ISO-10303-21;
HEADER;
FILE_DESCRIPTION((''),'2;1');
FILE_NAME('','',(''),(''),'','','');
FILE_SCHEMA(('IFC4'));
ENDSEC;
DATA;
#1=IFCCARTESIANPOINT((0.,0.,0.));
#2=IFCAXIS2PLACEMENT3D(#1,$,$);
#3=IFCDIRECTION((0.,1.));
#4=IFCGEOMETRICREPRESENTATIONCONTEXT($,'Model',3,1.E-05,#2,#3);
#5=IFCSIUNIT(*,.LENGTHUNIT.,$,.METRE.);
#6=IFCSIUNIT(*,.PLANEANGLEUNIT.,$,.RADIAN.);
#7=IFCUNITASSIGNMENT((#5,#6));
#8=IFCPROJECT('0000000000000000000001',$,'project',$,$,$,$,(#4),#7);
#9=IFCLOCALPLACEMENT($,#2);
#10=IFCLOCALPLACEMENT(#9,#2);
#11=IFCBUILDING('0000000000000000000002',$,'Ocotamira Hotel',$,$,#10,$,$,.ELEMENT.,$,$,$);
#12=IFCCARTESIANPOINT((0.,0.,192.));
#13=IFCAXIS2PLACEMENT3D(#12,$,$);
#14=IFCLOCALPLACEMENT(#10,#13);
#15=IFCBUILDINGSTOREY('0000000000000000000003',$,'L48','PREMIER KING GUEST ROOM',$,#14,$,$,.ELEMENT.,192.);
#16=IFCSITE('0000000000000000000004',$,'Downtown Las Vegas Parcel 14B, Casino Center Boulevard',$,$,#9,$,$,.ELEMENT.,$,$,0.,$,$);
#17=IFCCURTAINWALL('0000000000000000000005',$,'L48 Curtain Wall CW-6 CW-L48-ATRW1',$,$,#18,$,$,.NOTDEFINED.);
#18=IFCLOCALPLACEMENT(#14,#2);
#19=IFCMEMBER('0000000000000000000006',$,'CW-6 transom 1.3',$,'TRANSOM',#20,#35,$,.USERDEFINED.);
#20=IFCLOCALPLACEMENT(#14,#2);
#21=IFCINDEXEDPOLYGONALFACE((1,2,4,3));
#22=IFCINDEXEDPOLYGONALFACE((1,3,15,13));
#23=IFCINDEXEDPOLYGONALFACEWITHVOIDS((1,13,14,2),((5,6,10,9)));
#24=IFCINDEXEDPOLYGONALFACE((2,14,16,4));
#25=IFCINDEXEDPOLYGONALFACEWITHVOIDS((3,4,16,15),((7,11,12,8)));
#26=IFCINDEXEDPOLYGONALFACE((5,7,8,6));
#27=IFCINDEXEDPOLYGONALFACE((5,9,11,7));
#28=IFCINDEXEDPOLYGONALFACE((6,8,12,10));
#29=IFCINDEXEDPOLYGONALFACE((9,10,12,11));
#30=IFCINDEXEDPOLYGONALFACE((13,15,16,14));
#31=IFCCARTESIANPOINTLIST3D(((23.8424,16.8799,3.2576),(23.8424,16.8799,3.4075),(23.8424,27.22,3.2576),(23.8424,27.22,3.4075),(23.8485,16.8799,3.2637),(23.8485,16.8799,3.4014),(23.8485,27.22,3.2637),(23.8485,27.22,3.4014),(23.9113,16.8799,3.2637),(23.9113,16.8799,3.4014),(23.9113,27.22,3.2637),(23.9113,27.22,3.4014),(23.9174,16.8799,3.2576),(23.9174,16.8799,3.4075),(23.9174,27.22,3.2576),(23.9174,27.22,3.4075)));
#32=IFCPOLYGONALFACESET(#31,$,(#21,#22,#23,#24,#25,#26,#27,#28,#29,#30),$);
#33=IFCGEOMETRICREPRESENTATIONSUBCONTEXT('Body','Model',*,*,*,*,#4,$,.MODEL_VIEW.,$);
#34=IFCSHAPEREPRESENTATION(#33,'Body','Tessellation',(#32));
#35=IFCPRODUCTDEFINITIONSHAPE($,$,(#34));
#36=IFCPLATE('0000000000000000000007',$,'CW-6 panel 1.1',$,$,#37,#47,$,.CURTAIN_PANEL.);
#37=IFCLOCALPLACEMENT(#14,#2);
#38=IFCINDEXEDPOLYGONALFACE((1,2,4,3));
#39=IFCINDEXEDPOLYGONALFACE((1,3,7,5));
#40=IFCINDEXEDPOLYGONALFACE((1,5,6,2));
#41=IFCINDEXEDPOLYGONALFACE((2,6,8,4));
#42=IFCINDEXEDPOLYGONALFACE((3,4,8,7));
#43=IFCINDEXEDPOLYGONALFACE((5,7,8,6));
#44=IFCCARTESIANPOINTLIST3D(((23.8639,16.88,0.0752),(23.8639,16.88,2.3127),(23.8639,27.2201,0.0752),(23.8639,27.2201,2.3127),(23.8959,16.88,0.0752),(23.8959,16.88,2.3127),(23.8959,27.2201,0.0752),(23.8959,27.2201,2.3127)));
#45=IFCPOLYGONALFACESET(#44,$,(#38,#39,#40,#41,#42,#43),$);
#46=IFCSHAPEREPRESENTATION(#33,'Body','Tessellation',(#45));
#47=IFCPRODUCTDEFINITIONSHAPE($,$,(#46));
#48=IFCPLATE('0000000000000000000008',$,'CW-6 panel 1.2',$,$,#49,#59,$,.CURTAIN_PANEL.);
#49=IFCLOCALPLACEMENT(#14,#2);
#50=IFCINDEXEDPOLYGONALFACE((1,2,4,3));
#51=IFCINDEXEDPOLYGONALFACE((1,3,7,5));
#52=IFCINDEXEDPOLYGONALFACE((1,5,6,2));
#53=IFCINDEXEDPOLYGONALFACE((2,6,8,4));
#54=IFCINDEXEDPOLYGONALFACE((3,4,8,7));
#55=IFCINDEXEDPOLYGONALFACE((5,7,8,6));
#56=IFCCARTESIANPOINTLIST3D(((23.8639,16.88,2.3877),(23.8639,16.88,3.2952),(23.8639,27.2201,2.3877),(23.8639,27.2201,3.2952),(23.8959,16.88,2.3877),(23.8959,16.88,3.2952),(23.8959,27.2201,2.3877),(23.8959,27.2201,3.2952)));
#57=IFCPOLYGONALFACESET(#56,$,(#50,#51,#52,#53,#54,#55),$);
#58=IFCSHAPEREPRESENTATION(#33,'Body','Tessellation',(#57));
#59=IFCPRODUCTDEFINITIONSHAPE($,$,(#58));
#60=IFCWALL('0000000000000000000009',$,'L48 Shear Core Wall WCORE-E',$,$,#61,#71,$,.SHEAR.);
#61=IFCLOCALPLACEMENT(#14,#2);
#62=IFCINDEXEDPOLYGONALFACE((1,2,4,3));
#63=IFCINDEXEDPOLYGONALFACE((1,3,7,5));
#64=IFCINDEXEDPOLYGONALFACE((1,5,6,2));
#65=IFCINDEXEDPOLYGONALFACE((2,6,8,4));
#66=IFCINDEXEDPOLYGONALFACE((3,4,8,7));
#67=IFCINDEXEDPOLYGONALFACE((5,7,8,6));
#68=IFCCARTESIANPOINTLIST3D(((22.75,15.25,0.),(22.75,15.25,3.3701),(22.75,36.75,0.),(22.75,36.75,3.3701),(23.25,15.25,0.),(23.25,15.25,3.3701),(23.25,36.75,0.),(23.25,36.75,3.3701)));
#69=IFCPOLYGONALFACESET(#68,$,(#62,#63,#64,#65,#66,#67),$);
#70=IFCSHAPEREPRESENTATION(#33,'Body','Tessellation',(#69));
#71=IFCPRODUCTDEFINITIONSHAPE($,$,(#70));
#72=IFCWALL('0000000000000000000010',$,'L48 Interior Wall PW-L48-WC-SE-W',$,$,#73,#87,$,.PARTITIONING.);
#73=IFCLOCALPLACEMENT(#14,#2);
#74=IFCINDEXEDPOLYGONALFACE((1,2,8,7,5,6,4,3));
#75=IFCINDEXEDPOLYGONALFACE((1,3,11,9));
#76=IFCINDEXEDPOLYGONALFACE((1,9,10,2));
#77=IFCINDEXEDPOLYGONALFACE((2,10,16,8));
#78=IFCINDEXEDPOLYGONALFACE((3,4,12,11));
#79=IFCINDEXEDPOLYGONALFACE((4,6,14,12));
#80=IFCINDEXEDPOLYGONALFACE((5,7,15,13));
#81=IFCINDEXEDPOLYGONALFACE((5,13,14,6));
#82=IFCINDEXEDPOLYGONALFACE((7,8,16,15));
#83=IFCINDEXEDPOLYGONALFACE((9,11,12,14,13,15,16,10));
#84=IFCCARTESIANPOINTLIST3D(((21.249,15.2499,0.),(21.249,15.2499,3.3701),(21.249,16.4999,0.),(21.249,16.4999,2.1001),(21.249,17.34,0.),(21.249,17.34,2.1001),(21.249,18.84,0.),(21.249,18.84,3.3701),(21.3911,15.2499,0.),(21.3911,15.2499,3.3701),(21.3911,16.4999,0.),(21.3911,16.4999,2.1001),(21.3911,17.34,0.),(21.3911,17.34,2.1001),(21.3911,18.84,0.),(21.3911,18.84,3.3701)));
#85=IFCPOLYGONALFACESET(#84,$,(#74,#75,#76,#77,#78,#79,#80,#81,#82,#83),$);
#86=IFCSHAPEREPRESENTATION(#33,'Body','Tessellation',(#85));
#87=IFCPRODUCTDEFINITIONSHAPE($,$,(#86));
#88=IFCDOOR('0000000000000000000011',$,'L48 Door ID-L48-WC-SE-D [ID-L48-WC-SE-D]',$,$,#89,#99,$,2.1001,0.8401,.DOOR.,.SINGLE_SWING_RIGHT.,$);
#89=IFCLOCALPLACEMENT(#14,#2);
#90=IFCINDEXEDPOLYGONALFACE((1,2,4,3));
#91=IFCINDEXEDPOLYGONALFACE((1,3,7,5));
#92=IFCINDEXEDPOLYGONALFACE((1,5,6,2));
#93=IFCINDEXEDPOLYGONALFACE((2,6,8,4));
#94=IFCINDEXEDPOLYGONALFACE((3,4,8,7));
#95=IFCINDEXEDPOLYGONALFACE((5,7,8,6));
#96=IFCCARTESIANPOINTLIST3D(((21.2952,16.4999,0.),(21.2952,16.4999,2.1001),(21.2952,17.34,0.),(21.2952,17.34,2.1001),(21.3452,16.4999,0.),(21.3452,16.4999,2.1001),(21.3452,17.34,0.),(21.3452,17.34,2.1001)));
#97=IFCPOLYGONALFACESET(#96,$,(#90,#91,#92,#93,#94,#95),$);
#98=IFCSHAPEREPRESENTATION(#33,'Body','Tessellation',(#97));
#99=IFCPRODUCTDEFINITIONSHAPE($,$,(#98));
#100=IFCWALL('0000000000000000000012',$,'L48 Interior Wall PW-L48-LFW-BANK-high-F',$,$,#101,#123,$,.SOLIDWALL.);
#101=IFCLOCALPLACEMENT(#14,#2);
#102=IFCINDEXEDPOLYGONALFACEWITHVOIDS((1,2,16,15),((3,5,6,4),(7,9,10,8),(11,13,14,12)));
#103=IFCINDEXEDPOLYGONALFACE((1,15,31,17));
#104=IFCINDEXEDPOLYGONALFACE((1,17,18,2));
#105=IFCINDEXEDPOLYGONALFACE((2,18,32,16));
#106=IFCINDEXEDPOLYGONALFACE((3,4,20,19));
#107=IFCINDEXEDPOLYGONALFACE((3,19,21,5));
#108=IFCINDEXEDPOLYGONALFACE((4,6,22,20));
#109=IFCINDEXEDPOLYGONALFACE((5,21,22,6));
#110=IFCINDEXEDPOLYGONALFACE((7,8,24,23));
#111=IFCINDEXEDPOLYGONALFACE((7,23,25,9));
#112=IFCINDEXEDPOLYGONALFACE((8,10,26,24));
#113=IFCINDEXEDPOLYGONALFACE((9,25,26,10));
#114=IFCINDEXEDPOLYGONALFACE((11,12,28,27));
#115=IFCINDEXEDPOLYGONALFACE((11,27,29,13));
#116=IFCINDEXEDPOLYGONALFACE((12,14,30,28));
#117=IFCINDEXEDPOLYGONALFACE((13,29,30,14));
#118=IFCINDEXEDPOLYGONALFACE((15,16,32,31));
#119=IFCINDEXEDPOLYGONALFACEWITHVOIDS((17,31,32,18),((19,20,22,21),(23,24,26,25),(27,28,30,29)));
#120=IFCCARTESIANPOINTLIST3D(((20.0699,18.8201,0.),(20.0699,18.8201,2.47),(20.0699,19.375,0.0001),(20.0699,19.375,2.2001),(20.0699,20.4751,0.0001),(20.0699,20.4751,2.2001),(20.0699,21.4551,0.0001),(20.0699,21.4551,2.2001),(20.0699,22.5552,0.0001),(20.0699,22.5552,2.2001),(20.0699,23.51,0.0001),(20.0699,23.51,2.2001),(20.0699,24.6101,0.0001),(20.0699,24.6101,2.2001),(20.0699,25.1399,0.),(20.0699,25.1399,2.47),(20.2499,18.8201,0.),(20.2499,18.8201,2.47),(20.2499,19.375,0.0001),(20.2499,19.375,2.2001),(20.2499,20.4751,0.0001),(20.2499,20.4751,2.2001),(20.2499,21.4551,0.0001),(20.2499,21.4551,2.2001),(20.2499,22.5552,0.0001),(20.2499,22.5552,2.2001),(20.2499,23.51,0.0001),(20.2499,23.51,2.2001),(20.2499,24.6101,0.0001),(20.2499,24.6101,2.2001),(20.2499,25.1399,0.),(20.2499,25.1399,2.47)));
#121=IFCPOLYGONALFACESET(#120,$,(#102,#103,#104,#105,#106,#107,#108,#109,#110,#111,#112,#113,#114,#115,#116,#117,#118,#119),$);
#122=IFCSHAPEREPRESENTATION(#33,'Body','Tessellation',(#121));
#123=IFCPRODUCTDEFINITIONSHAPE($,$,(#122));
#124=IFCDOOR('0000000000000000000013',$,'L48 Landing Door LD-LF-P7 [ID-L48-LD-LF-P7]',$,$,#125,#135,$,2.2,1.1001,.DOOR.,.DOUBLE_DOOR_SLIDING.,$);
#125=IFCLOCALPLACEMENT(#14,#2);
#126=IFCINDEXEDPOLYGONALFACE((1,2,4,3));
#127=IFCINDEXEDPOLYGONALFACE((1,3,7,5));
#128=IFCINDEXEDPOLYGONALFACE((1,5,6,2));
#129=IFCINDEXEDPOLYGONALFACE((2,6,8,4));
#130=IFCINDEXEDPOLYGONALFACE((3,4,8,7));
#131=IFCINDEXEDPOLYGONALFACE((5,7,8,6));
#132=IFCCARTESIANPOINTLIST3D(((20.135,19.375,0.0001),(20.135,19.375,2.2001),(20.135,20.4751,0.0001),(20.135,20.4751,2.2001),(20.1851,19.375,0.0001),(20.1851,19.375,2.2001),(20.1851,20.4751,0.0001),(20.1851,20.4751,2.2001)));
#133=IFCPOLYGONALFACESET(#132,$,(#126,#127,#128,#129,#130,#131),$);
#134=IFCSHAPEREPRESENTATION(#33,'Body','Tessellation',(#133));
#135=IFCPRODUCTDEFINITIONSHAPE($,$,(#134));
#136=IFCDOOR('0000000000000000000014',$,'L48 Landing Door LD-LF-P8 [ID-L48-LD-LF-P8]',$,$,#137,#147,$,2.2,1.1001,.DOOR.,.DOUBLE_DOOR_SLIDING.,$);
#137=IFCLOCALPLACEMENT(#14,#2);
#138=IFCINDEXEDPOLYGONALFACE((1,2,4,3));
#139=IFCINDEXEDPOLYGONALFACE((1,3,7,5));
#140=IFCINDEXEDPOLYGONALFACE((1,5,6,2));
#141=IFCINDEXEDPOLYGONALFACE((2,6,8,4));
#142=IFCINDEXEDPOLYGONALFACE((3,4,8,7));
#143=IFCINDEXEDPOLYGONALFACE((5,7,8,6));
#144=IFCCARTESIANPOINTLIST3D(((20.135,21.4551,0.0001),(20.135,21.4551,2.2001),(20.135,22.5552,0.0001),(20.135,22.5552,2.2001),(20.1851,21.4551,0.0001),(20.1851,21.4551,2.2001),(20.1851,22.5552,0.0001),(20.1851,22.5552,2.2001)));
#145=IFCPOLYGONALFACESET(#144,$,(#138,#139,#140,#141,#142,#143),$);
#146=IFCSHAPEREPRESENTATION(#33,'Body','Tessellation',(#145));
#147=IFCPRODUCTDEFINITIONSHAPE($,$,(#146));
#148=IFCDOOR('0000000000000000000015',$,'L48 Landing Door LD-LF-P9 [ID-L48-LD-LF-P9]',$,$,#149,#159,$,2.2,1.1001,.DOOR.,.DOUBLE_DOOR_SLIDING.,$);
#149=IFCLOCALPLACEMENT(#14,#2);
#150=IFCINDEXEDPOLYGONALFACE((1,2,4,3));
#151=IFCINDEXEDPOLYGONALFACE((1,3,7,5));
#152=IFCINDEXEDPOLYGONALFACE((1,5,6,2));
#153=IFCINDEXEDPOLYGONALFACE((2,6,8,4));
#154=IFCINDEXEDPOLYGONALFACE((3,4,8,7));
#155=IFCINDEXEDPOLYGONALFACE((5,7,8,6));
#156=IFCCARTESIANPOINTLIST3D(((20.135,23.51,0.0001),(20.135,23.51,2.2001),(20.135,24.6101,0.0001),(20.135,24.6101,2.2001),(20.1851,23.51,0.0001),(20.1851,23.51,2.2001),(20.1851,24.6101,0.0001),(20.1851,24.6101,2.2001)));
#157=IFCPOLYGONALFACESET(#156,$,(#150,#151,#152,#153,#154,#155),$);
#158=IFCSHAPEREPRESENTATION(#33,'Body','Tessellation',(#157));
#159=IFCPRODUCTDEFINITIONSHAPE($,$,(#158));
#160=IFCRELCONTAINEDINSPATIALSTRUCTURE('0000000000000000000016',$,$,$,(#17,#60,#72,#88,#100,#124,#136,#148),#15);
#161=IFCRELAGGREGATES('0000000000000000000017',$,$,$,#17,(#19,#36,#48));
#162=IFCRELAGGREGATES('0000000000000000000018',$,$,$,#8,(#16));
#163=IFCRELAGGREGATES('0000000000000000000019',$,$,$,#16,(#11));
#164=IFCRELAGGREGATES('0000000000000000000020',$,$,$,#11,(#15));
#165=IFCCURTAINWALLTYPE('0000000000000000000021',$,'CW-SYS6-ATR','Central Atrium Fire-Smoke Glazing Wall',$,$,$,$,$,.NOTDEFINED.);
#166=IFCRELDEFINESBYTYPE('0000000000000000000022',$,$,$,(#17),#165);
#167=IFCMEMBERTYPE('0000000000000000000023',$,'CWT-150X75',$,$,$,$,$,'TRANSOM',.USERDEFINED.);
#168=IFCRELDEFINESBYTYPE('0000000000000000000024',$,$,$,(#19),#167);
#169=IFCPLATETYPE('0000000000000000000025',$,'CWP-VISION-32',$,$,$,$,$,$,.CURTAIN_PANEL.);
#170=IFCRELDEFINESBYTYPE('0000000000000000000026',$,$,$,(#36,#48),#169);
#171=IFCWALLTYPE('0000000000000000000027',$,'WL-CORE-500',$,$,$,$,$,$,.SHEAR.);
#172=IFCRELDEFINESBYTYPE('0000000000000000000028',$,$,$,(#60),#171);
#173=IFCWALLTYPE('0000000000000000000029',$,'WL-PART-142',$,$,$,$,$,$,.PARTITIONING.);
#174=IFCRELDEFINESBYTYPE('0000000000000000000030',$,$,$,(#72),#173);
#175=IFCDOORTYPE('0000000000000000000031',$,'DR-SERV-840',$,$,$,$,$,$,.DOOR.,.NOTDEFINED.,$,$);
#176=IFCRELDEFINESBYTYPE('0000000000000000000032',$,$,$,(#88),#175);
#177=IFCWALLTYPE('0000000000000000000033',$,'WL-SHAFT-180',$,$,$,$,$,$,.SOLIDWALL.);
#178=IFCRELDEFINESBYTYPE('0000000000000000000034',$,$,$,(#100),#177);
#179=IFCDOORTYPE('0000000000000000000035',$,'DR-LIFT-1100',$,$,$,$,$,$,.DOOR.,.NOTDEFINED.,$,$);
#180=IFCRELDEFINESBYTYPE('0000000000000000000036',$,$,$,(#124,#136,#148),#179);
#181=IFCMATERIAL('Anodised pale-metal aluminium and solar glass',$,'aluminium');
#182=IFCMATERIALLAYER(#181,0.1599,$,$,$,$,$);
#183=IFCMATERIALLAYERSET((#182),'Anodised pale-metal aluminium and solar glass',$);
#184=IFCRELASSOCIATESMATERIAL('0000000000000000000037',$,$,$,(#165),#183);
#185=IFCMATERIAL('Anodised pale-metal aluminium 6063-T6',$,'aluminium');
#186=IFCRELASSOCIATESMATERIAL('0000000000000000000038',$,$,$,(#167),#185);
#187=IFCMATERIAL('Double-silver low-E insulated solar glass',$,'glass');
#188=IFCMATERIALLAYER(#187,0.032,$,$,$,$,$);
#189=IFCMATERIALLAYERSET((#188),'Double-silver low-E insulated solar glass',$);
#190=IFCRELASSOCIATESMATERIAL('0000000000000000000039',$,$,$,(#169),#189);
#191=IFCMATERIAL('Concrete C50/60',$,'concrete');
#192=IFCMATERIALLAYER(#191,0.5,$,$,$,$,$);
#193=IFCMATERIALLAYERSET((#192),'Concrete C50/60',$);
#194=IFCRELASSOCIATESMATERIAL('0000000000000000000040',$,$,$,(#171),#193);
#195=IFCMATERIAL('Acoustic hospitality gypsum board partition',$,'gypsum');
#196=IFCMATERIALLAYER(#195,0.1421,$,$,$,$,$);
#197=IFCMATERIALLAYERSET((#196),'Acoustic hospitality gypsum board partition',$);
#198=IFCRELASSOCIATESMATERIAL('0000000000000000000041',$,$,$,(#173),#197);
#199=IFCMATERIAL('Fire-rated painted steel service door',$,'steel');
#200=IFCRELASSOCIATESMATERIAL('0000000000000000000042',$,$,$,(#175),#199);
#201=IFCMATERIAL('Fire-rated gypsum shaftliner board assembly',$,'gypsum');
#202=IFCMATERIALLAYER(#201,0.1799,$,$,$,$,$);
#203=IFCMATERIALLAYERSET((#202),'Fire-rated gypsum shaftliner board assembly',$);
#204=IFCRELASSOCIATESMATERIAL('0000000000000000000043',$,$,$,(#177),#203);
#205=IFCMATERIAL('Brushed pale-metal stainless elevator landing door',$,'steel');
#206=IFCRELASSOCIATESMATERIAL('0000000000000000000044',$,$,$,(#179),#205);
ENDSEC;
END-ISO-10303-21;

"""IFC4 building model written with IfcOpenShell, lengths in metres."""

from ifc_helpers import new_model, si_unit, direction, frame, frame_2d, origin, origin_2d, place, context, subcontext, project, spatial, rectangle, hollow_rectangle, extrude, source, transform, mapped, material, layer, layer_set, material_profile, profile_set, type_object, element, fill, aggregate, save


model = new_model("IFC4")

# Units and contexts
model_context = context("Model", 3, precision=1e-05, world=origin(), true_north=direction((0.0, 1.0)))
body_context = subcontext(model_context, "Body", "Model", "MODEL_VIEW")
ifc_project = project(units=[si_unit("LENGTHUNIT", "METRE"), si_unit("PLANEANGLEUNIT", "RADIAN")], contexts=[model_context])

# Site, building, storey
site_placement = place(None, origin())
site = spatial("IfcSite", under=ifc_project, at=site_placement, Name="Downtown Las Vegas Parcel 14B, Casino Center Boulevard", CompositionType="ELEMENT", RefElevation=0.0)
building_placement = place(site_placement, origin())
building = spatial("IfcBuilding", under=site, at=building_placement, Name="Ocotamira Hotel", CompositionType="ELEMENT")
storey_placement = place(building_placement, frame((0.0, 0.0, 192.0)))
storey = spatial("IfcBuildingStorey", under=building, at=storey_placement, Name="L48", Description="PREMIER KING GUEST ROOM", CompositionType="ELEMENT", Elevation=192.0)

# Curtain wall, member, plates
ifc_material_1 = material(Name="Anodised pale-metal aluminium and solar glass", Category="aluminium")
ifc_layer_1 = layer(ifc_material_1, 0.1599)
ifc_layer_set_1 = layer_set([ifc_layer_1], Name="Anodised pale-metal aluminium and solar glass")
curtain_wall_type = type_object("IfcCurtainWallType", Name="CW-SYS6-ATR", Description="Central Atrium Fire-Smoke Glazing Wall", PredefinedType="NOTDEFINED", material=ifc_layer_set_1)
curtain_wall_placement = place(storey_placement, origin())
curtain_wall = element("IfcCurtainWall", 1, at=curtain_wall_placement, inside=storey, type_object=curtain_wall_type, Name="L48 Curtain Wall CW-6 CW-L48-ATRW1", PredefinedType="NOTDEFINED")
ifc_material_2 = material(Name="Anodised pale-metal aluminium 6063-T6", Category="aluminium")
ifc_material_profile_1 = material_profile(ifc_material_2, hollow_rectangle(XDim=0.075, YDim=0.1499, WallThickness=0.0061, at=origin_2d()), Name="HSS150X75X6")
ifc_profile_set_1 = profile_set([ifc_material_profile_1], Name="Anodised pale-metal aluminium 6063-T6")
member_type_1 = type_object("IfcMemberType", Name="CWT-150X75", ElementType="TRANSOM", PredefinedType="USERDEFINED", material=ifc_profile_set_1)
shared_shape_1 = source(origin(), body_context, "Body", "SweptSolid", [
    extrude(hollow_rectangle(XDim=0.075, YDim=0.1499, WallThickness=0.0061, at=origin_2d()), origin(), (0.0, 0.0, 1.0), 10.3401),
])
member_1_placement = place(storey_placement, frame((23.8799, 16.8799, 3.3325), z_axis=(0.0, 1.0, 0.0), x_axis=(-1.0, 0.0, 0.0)))
member_1 = element("IfcMember", 2, at=member_1_placement, type_object=member_type_1, Name="CW-6 transom 1.3", ObjectType="TRANSOM", PredefinedType="USERDEFINED", context=body_context, shape_type="MappedRepresentation", body=[
    mapped(shared_shape_1, transform((0.0, 0.0, 0.0), scale=1.0)),
])
ifc_material_3 = material(Name="Double-silver low-E insulated solar glass", Category="glass")
ifc_layer_2 = layer(ifc_material_3, 0.032)
ifc_layer_set_2 = layer_set([ifc_layer_2], Name="Double-silver low-E insulated solar glass")
plate_type = type_object("IfcPlateType", Name="CWP-VISION-32", PredefinedType="CURTAIN_PANEL", material=ifc_layer_set_2)
shared_shape_2 = source(origin(), body_context, "Body", "SweptSolid", [
    extrude(rectangle(XDim=10.3401, YDim=0.032, at=origin_2d()), origin(), (0.0, 0.0, 1.0), 2.2375),
])
plate_1_placement = place(storey_placement, frame((23.8799, 22.05, 0.0752), z_axis=(0.0, 0.0, 1.0), x_axis=(0.0, 1.0, 0.0)))
plate_1 = element("IfcPlate", 3, at=plate_1_placement, type_object=plate_type, Name="CW-6 panel 1.1", PredefinedType="CURTAIN_PANEL", context=body_context, shape_type="MappedRepresentation", body=[
    mapped(shared_shape_2, transform((0.0, 0.0, 0.0), scale=1.0)),
])
shared_shape_3 = source(origin(), body_context, "Body", "SweptSolid", [
    extrude(rectangle(XDim=10.3401, YDim=0.032, at=origin_2d()), origin(), (0.0, 0.0, 1.0), 0.9075),
])
plate_2_placement = place(storey_placement, frame((23.8799, 22.05, 2.3877), z_axis=(0.0, 0.0, 1.0), x_axis=(0.0, 1.0, 0.0)))
plate_2 = element("IfcPlate", 4, at=plate_2_placement, type_object=plate_type, Name="CW-6 panel 1.2", PredefinedType="CURTAIN_PANEL", context=body_context, shape_type="MappedRepresentation", body=[
    mapped(shared_shape_3, transform((0.0, 0.0, 0.0), scale=1.0)),
])
aggregate(curtain_wall, [member_1, plate_1, plate_2])

# Wall
ifc_material_4 = material(Name="Concrete C50/60", Category="concrete")
ifc_layer_3 = layer(ifc_material_4, 0.5)
ifc_layer_set_3 = layer_set([ifc_layer_3], Name="Concrete C50/60")
wall_type_1 = type_object("IfcWallType", Name="WL-CORE-500", PredefinedType="SHEAR", material=ifc_layer_set_3)
wall_1_placement = place(storey_placement, frame((23.0, 15.25, 0.0), z_axis=(0.0, 0.0, 1.0), x_axis=(0.0, 1.0, 0.0)))
element("IfcWall", 5, at=wall_1_placement, inside=storey, type_object=wall_type_1, Name="L48 Shear Core Wall WCORE-E", PredefinedType="SHEAR", context=body_context, shape_type="SweptSolid", body=[
    extrude(rectangle(XDim=21.5, YDim=0.5, at=frame_2d((10.75, 0.0))), origin(), (0.0, 0.0, 1.0), 3.3701),
])

# Wall, opening, door
ifc_material_5 = material(Name="Acoustic hospitality gypsum board partition", Category="gypsum")
ifc_layer_4 = layer(ifc_material_5, 0.1421)
ifc_layer_set_4 = layer_set([ifc_layer_4], Name="Acoustic hospitality gypsum board partition")
wall_type_2 = type_object("IfcWallType", Name="WL-PART-142", PredefinedType="PARTITIONING", material=ifc_layer_set_4)
wall_2_placement = place(storey_placement, frame((21.3201, 15.25, 0.0), z_axis=(0.0, 0.0, 1.0), x_axis=(0.0, 1.0, 0.0)))
wall_2 = element("IfcWall", 6, at=wall_2_placement, inside=storey, type_object=wall_type_2, Name="L48 Interior Wall PW-L48-WC-SE-W", PredefinedType="PARTITIONING", context=body_context, shape_type="SweptSolid", body=[
    extrude(rectangle(XDim=3.5901, YDim=0.1421, at=frame_2d((1.7949, 0.0))), origin(), (0.0, 0.0, 1.0), 3.3701),
])
opening_1_placement = place(wall_2_placement, frame((1.25, 0.0, 0.0)))
opening_1 = element("IfcOpeningElement", 7, at=opening_1_placement, cuts=wall_2, PredefinedType="OPENING", context=body_context, shape_type="SweptSolid", body=[
    extrude(rectangle(XDim=0.8401, YDim=2.1001, at=frame_2d((0.4199, 1.05))), frame((0.0, 0.0811, 0.0), z_axis=(0.0, -1.0, 0.0), x_axis=(1.0, 0.0, 0.0)), (0.0, 0.0, 1.0), 0.1621),
])
ifc_material_6 = material(Name="Fire-rated painted steel service door", Category="steel")
door_type_1 = type_object("IfcDoorType", Name="DR-SERV-840", OperationType="NOTDEFINED", PredefinedType="DOOR", material=ifc_material_6)
shared_shape_4 = source(origin(), body_context, "Body", "SweptSolid", [
    extrude(rectangle(XDim=0.8401, YDim=2.1001, at=frame_2d((0.4199, 1.05))), frame((0.0, 0.0249, 0.0), z_axis=(0.0, -1.0, 0.0), x_axis=(1.0, 0.0, 0.0)), (0.0, 0.0, 1.0), 0.05),
])
door_1_placement = place(opening_1_placement, origin())
door_1 = element("IfcDoor", 8, at=door_1_placement, inside=storey, type_object=door_type_1, Name="L48 Door ID-L48-WC-SE-D [ID-L48-WC-SE-D]", OperationType="SINGLE_SWING_RIGHT", OverallHeight=2.1001, OverallWidth=0.8401, PredefinedType="DOOR", context=body_context, shape_type="MappedRepresentation", body=[
    mapped(shared_shape_4, transform((0.0, 0.0, 0.0), scale=1.0)),
])
fill(opening_1, door_1)

# Wall, openings, doors
ifc_material_7 = material(Name="Fire-rated gypsum shaftliner board assembly", Category="gypsum")
ifc_layer_5 = layer(ifc_material_7, 0.1799)
ifc_layer_set_5 = layer_set([ifc_layer_5], Name="Fire-rated gypsum shaftliner board assembly")
wall_type_3 = type_object("IfcWallType", Name="WL-SHAFT-180", PredefinedType="SOLIDWALL", material=ifc_layer_set_5)
wall_3_placement = place(storey_placement, frame((20.1599, 18.8201, 0.0), z_axis=(0.0, 0.0, 1.0), x_axis=(0.0, 1.0, 0.0)))
wall_3 = element("IfcWall", 9, at=wall_3_placement, inside=storey, type_object=wall_type_3, Name="L48 Interior Wall PW-L48-LFW-BANK-high-F", PredefinedType="SOLIDWALL", context=body_context, shape_type="SweptSolid", body=[
    extrude(rectangle(XDim=6.3198, YDim=0.1799, at=frame_2d((3.1599, 0.0))), origin(), (0.0, 0.0, 1.0), 2.47),
])
opening_2_placement = place(wall_3_placement, frame((0.5549, 0.0, 0.0)))
opening_2 = element("IfcOpeningElement", 10, at=opening_2_placement, cuts=wall_3, PredefinedType="OPENING", context=body_context, shape_type="SweptSolid", body=[
    extrude(rectangle(XDim=1.1001, YDim=2.2, at=frame_2d((0.55, 1.1001))), frame((0.0, 0.1001, 0.0), z_axis=(0.0, -1.0, 0.0), x_axis=(1.0, 0.0, 0.0)), (0.0, 0.0, 1.0), 0.2),
])
opening_3_placement = place(wall_3_placement, frame((2.635, 0.0, 0.0)))
opening_3 = element("IfcOpeningElement", 11, at=opening_3_placement, cuts=wall_3, PredefinedType="OPENING", context=body_context, shape_type="SweptSolid", body=[
    extrude(rectangle(XDim=1.1001, YDim=2.2, at=frame_2d((0.55, 1.1001))), frame((0.0, 0.1001, 0.0), z_axis=(0.0, -1.0, 0.0), x_axis=(1.0, 0.0, 0.0)), (0.0, 0.0, 1.0), 0.2),
])
opening_4_placement = place(wall_3_placement, frame((4.6899, 0.0, 0.0)))
opening_4 = element("IfcOpeningElement", 12, at=opening_4_placement, cuts=wall_3, PredefinedType="OPENING", context=body_context, shape_type="SweptSolid", body=[
    extrude(rectangle(XDim=1.1001, YDim=2.2, at=frame_2d((0.55, 1.1001))), frame((0.0, 0.1001, 0.0), z_axis=(0.0, -1.0, 0.0), x_axis=(1.0, 0.0, 0.0)), (0.0, 0.0, 1.0), 0.2),
])
ifc_material_8 = material(Name="Brushed pale-metal stainless elevator landing door", Category="steel")
door_type_2 = type_object("IfcDoorType", Name="DR-LIFT-1100", OperationType="NOTDEFINED", PredefinedType="DOOR", material=ifc_material_8)
shared_shape_5 = source(origin(), body_context, "Body", "SweptSolid", [
    extrude(rectangle(XDim=1.1001, YDim=2.2, at=frame_2d((0.55, 1.1001))), frame((0.0, 0.0249, 0.0), z_axis=(0.0, -1.0, 0.0), x_axis=(1.0, 0.0, 0.0)), (0.0, 0.0, 1.0), 0.05),
])
door_2_placement = place(opening_2_placement, origin())
door_2 = element("IfcDoor", 13, at=door_2_placement, inside=storey, type_object=door_type_2, Name="L48 Landing Door LD-LF-P7 [ID-L48-LD-LF-P7]", OperationType="DOUBLE_DOOR_SLIDING", OverallHeight=2.2, OverallWidth=1.1001, PredefinedType="DOOR", context=body_context, shape_type="MappedRepresentation", body=[
    mapped(shared_shape_5, transform((0.0, 0.0, 0.0), scale=1.0)),
])
fill(opening_2, door_2)
door_3_placement = place(opening_3_placement, origin())
door_3 = element("IfcDoor", 14, at=door_3_placement, inside=storey, type_object=door_type_2, Name="L48 Landing Door LD-LF-P8 [ID-L48-LD-LF-P8]", OperationType="DOUBLE_DOOR_SLIDING", OverallHeight=2.2, OverallWidth=1.1001, PredefinedType="DOOR", context=body_context, shape_type="MappedRepresentation", body=[
    mapped(shared_shape_5, transform((0.0, 0.0, 0.0), scale=1.0)),
])
fill(opening_3, door_3)
door_4_placement = place(opening_4_placement, origin())
door_4 = element("IfcDoor", 15, at=door_4_placement, inside=storey, type_object=door_type_2, Name="L48 Landing Door LD-LF-P9 [ID-L48-LD-LF-P9]", OperationType="DOUBLE_DOOR_SLIDING", OverallHeight=2.2, OverallWidth=1.1001, PredefinedType="DOOR", context=body_context, shape_type="MappedRepresentation", body=[
    mapped(shared_shape_5, transform((0.0, 0.0, 0.0), scale=1.0)),
])
fill(opening_4, door_4)

save(model, "model.ifc")
